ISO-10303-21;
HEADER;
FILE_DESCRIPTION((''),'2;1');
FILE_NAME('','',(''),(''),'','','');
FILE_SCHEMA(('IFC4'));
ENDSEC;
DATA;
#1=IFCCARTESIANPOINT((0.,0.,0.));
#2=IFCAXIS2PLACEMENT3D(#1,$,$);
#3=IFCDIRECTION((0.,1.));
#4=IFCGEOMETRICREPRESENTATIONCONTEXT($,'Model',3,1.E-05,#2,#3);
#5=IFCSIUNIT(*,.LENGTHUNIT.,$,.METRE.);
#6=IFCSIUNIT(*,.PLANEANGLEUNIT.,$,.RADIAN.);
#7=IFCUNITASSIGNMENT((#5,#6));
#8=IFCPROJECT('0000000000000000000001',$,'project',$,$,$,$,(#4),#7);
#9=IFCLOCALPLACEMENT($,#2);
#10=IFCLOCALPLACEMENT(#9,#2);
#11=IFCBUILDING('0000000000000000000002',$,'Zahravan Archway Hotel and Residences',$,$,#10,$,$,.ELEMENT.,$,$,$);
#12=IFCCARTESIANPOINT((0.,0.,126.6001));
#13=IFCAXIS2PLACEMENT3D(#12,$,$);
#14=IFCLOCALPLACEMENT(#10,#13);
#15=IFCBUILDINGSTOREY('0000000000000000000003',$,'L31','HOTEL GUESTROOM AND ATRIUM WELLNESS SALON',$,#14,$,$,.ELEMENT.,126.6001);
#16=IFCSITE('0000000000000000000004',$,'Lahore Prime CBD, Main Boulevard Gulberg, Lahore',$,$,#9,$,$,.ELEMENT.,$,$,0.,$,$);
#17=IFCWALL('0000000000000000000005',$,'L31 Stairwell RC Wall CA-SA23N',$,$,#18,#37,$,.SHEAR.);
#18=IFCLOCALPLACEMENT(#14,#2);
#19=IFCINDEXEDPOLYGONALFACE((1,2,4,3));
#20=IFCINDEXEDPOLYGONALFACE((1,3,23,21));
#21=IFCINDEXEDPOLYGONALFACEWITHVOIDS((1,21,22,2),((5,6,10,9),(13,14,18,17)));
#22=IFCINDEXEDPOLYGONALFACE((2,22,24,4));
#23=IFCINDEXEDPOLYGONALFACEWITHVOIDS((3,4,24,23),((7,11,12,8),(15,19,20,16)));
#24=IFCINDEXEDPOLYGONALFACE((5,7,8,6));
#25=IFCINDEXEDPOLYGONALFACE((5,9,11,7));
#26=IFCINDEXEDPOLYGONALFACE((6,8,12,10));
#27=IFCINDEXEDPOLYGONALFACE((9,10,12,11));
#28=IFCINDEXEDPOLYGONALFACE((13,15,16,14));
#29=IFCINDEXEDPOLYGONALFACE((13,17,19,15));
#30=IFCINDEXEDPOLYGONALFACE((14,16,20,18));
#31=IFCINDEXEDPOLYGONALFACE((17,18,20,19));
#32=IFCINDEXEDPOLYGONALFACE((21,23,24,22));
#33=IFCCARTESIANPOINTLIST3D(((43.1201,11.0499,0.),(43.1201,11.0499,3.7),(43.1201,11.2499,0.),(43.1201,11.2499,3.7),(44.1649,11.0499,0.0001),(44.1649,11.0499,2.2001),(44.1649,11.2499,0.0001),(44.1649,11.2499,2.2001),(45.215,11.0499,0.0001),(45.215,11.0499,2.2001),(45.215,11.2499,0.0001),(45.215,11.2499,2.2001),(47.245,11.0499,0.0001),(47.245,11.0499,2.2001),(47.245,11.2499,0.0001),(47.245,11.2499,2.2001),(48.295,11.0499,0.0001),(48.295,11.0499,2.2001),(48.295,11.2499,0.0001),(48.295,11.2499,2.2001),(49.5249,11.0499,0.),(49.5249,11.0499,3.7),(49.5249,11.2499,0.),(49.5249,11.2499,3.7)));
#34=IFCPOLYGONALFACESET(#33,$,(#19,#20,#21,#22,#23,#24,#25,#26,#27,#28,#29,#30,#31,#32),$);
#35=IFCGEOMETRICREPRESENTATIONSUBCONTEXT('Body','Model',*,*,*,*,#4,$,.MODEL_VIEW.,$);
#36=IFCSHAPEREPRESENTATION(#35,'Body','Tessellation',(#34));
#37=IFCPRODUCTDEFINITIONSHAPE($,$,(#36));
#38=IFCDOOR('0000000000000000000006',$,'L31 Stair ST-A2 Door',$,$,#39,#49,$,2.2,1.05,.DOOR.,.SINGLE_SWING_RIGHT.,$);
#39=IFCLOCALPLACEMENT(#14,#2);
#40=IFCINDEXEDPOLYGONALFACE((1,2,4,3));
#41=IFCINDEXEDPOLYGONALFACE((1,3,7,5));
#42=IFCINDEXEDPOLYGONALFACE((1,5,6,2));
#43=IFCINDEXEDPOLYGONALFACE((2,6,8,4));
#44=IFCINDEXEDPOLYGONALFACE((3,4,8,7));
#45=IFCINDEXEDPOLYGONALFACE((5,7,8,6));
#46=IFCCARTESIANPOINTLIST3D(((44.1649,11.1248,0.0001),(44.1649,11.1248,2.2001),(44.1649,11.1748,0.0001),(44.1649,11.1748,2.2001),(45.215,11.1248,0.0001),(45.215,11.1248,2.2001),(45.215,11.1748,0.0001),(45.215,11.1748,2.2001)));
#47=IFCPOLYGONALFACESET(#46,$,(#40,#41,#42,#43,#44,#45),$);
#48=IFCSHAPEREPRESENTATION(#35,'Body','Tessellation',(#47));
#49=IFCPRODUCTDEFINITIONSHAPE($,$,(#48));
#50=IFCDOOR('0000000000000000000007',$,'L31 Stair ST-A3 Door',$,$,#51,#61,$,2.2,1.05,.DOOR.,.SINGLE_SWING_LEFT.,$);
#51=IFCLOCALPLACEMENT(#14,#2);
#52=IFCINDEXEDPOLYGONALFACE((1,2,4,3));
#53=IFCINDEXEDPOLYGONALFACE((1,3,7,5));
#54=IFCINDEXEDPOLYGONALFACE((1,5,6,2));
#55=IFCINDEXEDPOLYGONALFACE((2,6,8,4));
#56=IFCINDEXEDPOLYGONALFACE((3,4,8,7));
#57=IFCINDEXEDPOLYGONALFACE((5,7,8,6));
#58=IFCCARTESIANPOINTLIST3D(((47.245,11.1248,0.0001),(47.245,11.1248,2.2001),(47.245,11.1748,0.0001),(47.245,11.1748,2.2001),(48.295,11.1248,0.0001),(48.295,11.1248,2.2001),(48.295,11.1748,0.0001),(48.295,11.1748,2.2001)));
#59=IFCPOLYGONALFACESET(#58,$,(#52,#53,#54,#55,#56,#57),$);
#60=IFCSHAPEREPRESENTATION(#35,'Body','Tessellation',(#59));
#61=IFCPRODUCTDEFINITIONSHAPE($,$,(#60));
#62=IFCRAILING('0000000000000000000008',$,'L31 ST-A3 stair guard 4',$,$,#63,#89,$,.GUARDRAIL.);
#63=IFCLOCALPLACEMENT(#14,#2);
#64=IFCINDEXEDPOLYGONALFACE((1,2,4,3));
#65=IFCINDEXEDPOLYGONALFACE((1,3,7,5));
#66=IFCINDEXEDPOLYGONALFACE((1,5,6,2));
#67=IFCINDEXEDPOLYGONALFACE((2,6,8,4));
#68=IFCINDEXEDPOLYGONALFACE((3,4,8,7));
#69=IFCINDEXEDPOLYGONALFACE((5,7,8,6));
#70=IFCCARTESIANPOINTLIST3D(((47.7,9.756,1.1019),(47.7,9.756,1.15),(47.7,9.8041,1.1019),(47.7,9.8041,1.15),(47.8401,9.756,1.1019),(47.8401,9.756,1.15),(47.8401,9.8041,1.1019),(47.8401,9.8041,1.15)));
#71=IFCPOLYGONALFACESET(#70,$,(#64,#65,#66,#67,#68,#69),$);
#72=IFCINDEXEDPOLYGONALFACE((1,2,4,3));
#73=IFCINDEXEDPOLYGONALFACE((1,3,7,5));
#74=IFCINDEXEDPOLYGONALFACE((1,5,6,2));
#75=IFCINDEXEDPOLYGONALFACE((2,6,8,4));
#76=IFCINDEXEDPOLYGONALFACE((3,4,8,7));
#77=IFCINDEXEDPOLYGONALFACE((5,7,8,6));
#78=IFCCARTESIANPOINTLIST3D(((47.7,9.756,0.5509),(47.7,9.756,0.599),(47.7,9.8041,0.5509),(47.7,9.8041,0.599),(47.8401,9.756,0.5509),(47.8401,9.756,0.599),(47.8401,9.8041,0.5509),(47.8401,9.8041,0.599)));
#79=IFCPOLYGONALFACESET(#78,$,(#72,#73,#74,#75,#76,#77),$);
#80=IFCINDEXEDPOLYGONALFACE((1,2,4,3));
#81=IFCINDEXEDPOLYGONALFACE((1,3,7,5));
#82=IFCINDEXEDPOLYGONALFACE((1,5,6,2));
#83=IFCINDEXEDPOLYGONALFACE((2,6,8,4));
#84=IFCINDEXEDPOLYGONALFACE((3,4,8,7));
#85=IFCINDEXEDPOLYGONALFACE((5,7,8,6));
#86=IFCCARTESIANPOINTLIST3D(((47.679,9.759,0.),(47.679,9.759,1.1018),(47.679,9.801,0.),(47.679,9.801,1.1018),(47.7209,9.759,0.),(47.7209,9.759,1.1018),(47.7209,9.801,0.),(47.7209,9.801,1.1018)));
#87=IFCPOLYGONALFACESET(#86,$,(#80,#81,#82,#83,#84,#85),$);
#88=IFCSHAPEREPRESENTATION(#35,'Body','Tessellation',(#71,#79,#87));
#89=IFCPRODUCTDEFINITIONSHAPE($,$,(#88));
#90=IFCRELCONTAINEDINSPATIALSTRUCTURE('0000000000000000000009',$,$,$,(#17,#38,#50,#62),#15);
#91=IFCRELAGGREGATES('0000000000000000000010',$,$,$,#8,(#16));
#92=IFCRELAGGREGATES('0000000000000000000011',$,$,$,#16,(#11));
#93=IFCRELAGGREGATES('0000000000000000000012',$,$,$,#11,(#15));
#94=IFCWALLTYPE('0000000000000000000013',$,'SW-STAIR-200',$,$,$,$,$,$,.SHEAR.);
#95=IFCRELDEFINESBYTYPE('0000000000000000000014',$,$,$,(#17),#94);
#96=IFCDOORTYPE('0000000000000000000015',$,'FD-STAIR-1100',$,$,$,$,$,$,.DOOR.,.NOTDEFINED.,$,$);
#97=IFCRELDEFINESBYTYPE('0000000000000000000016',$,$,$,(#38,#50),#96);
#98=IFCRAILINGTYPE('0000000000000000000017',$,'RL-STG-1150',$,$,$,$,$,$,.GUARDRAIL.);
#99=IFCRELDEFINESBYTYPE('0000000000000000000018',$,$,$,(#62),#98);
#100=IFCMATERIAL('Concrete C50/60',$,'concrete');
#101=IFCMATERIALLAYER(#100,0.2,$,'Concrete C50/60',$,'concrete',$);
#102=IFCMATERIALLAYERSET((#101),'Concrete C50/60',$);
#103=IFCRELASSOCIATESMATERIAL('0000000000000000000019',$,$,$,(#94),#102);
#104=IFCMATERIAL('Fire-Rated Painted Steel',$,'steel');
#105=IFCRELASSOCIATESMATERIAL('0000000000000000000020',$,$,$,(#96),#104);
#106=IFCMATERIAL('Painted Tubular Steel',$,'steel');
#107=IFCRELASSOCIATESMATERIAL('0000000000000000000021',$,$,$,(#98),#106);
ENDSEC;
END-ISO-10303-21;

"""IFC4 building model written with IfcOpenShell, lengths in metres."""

from ifc_helpers import new_model, si_unit, direction, frame, frame_2d, origin, origin_2d, place, context, subcontext, project, spatial, rectangle, extrude, source, transform, mapped, material, layer, layer_set, type_object, type_shapes, element, fill, save


model = new_model("IFC4")

# Units and contexts
model_context = context("Model", 3, precision=1e-05, world=origin(), true_north=direction((0.0, 1.0)))
body_context = subcontext(model_context, "Body", "Model", "MODEL_VIEW")
ifc_project = project(units=[si_unit("LENGTHUNIT", "METRE"), si_unit("PLANEANGLEUNIT", "RADIAN")], contexts=[model_context])

# Site, building, storey
site_placement = place(None, origin())
site = spatial("IfcSite", under=ifc_project, at=site_placement, Name="Lahore Prime CBD, Main Boulevard Gulberg, Lahore", CompositionType="ELEMENT", RefElevation=0.0)
building_placement = place(site_placement, origin())
building = spatial("IfcBuilding", under=site, at=building_placement, Name="Zahravan Archway Hotel and Residences", CompositionType="ELEMENT")
storey_placement = place(building_placement, frame((0.0, 0.0, 126.6001)))
storey = spatial("IfcBuildingStorey", under=building, at=storey_placement, Name="L31", Description="HOTEL GUESTROOM AND ATRIUM WELLNESS SALON", CompositionType="ELEMENT", Elevation=126.6001)

# Shared definitions
ifc_material_1 = material(Name="Fire-Rated Painted Steel", Category="steel")

# Wall, openings, doors
ifc_material_2 = material(Name="Concrete C50/60", Category="concrete")
ifc_layer_1 = layer(ifc_material_2, 0.2, Name="Concrete C50/60", Category="concrete")
ifc_layer_set_1 = layer_set([ifc_layer_1], Name="Concrete C50/60")
wall_type_1 = type_object("IfcWallType", Name="SW-STAIR-200", PredefinedType="SHEAR", material=ifc_layer_set_1)
wall_1_placement = place(storey_placement, frame((43.1201, 11.1499, 0.0), z_axis=(0.0, 0.0, 1.0), x_axis=(1.0, 0.0, 0.0)))
wall_1 = element("IfcWall", 1, at=wall_1_placement, inside=storey, type_object=wall_type_1, Name="L31 Stairwell RC Wall CA-SA23N", PredefinedType="SHEAR", context=body_context, shape_type="SweptSolid", body=[
    extrude(rectangle(XDim=6.4048, YDim=0.2, at=frame_2d((3.2024, 0.0))), origin(), (0.0, 0.0, 1.0), 3.7),
])
opening_1_placement = place(wall_1_placement, frame((1.0449, 0.0, 0.0)))
opening_1 = element("IfcOpeningElement", 2, at=opening_1_placement, cuts=wall_1, PredefinedType="OPENING", context=body_context, shape_type="SweptSolid", body=[
    extrude(rectangle(XDim=1.05, YDim=2.2, at=frame_2d((0.5249, 1.1001))), frame((0.0, 0.1099, 0.0), z_axis=(0.0, -1.0, 0.0), x_axis=(1.0, 0.0, 0.0)), (0.0, 0.0, 1.0), 0.22),
])
opening_2_placement = place(wall_1_placement, frame((4.125, 0.0, 0.0)))
opening_2 = element("IfcOpeningElement", 3, at=opening_2_placement, cuts=wall_1, PredefinedType="OPENING", context=body_context, shape_type="SweptSolid", body=[
    extrude(rectangle(XDim=1.05, YDim=2.2, at=frame_2d((0.5249, 1.1001))), frame((0.0, 0.1099, 0.0), z_axis=(0.0, -1.0, 0.0), x_axis=(1.0, 0.0, 0.0)), (0.0, 0.0, 1.0), 0.22),
])
door_type_1 = type_object("IfcDoorType", Name="FD-STAIR-1100", OperationType="NOTDEFINED", PredefinedType="DOOR", material=ifc_material_1)
shared_shape_1 = source(origin(), body_context, "Body", "SweptSolid", [
    extrude(rectangle(XDim=1.05, YDim=2.2, at=frame_2d((0.5249, 1.1001))), frame((0.0, 0.0249, 0.0), z_axis=(0.0, -1.0, 0.0), x_axis=(1.0, 0.0, 0.0)), (0.0, 0.0, 1.0), 0.05),
])
type_shapes(door_type_1, [shared_shape_1])
door_1_placement = place(opening_1_placement, origin())
door_1 = element("IfcDoor", 4, at=door_1_placement, inside=storey, type_object=door_type_1, Name="L31 Stair ST-A2 Door", OperationType="SINGLE_SWING_RIGHT", OverallHeight=2.2, OverallWidth=1.05, PredefinedType="DOOR", context=body_context, shape_type="MappedRepresentation", body=[
    mapped(shared_shape_1, transform((0.0, 0.0, 0.0), scale=1.0)),
])
fill(opening_1, door_1)
door_2_placement = place(opening_2_placement, origin())
door_2 = element("IfcDoor", 5, at=door_2_placement, inside=storey, type_object=door_type_1, Name="L31 Stair ST-A3 Door", OperationType="SINGLE_SWING_LEFT", OverallHeight=2.2, OverallWidth=1.05, PredefinedType="DOOR", context=body_context, shape_type="MappedRepresentation", body=[
    mapped(shared_shape_1, transform((0.0, 0.0, 0.0), scale=1.0)),
])
fill(opening_2, door_2)

# Railing
ifc_material_3 = material(Name="Painted Tubular Steel", Category="steel")
railing_type_1 = type_object("IfcRailingType", Name="RL-STG-1150", PredefinedType="GUARDRAIL", material=ifc_material_3)
railing_1_placement = place(storey_placement, frame((47.7, 9.78, 0.0)))
element("IfcRailing", 6, at=railing_1_placement, inside=storey, type_object=railing_type_1, Name="L31 ST-A3 stair guard 4", PredefinedType="GUARDRAIL", context=body_context, shape_type="SweptSolid", body=[
    extrude(rectangle(XDim=0.0481, YDim=0.0481, at=origin_2d()), frame((0.0, 0.0, 1.126), z_axis=(1.0, 0.0, 0.0), x_axis=(0.0, 1.0, 0.0)), (0.0, 0.0, 1.0), 0.1401),
    extrude(rectangle(XDim=0.0481, YDim=0.0481, at=origin_2d()), frame((0.0, 0.0, 0.575), z_axis=(1.0, 0.0, 0.0), x_axis=(0.0, 1.0, 0.0)), (0.0, 0.0, 1.0), 0.1401),
    extrude(rectangle(XDim=0.042, YDim=0.042, at=origin_2d()), origin(), (0.0, 0.0, 1.0), 1.1018),
])

save(model, "model.ifc")
